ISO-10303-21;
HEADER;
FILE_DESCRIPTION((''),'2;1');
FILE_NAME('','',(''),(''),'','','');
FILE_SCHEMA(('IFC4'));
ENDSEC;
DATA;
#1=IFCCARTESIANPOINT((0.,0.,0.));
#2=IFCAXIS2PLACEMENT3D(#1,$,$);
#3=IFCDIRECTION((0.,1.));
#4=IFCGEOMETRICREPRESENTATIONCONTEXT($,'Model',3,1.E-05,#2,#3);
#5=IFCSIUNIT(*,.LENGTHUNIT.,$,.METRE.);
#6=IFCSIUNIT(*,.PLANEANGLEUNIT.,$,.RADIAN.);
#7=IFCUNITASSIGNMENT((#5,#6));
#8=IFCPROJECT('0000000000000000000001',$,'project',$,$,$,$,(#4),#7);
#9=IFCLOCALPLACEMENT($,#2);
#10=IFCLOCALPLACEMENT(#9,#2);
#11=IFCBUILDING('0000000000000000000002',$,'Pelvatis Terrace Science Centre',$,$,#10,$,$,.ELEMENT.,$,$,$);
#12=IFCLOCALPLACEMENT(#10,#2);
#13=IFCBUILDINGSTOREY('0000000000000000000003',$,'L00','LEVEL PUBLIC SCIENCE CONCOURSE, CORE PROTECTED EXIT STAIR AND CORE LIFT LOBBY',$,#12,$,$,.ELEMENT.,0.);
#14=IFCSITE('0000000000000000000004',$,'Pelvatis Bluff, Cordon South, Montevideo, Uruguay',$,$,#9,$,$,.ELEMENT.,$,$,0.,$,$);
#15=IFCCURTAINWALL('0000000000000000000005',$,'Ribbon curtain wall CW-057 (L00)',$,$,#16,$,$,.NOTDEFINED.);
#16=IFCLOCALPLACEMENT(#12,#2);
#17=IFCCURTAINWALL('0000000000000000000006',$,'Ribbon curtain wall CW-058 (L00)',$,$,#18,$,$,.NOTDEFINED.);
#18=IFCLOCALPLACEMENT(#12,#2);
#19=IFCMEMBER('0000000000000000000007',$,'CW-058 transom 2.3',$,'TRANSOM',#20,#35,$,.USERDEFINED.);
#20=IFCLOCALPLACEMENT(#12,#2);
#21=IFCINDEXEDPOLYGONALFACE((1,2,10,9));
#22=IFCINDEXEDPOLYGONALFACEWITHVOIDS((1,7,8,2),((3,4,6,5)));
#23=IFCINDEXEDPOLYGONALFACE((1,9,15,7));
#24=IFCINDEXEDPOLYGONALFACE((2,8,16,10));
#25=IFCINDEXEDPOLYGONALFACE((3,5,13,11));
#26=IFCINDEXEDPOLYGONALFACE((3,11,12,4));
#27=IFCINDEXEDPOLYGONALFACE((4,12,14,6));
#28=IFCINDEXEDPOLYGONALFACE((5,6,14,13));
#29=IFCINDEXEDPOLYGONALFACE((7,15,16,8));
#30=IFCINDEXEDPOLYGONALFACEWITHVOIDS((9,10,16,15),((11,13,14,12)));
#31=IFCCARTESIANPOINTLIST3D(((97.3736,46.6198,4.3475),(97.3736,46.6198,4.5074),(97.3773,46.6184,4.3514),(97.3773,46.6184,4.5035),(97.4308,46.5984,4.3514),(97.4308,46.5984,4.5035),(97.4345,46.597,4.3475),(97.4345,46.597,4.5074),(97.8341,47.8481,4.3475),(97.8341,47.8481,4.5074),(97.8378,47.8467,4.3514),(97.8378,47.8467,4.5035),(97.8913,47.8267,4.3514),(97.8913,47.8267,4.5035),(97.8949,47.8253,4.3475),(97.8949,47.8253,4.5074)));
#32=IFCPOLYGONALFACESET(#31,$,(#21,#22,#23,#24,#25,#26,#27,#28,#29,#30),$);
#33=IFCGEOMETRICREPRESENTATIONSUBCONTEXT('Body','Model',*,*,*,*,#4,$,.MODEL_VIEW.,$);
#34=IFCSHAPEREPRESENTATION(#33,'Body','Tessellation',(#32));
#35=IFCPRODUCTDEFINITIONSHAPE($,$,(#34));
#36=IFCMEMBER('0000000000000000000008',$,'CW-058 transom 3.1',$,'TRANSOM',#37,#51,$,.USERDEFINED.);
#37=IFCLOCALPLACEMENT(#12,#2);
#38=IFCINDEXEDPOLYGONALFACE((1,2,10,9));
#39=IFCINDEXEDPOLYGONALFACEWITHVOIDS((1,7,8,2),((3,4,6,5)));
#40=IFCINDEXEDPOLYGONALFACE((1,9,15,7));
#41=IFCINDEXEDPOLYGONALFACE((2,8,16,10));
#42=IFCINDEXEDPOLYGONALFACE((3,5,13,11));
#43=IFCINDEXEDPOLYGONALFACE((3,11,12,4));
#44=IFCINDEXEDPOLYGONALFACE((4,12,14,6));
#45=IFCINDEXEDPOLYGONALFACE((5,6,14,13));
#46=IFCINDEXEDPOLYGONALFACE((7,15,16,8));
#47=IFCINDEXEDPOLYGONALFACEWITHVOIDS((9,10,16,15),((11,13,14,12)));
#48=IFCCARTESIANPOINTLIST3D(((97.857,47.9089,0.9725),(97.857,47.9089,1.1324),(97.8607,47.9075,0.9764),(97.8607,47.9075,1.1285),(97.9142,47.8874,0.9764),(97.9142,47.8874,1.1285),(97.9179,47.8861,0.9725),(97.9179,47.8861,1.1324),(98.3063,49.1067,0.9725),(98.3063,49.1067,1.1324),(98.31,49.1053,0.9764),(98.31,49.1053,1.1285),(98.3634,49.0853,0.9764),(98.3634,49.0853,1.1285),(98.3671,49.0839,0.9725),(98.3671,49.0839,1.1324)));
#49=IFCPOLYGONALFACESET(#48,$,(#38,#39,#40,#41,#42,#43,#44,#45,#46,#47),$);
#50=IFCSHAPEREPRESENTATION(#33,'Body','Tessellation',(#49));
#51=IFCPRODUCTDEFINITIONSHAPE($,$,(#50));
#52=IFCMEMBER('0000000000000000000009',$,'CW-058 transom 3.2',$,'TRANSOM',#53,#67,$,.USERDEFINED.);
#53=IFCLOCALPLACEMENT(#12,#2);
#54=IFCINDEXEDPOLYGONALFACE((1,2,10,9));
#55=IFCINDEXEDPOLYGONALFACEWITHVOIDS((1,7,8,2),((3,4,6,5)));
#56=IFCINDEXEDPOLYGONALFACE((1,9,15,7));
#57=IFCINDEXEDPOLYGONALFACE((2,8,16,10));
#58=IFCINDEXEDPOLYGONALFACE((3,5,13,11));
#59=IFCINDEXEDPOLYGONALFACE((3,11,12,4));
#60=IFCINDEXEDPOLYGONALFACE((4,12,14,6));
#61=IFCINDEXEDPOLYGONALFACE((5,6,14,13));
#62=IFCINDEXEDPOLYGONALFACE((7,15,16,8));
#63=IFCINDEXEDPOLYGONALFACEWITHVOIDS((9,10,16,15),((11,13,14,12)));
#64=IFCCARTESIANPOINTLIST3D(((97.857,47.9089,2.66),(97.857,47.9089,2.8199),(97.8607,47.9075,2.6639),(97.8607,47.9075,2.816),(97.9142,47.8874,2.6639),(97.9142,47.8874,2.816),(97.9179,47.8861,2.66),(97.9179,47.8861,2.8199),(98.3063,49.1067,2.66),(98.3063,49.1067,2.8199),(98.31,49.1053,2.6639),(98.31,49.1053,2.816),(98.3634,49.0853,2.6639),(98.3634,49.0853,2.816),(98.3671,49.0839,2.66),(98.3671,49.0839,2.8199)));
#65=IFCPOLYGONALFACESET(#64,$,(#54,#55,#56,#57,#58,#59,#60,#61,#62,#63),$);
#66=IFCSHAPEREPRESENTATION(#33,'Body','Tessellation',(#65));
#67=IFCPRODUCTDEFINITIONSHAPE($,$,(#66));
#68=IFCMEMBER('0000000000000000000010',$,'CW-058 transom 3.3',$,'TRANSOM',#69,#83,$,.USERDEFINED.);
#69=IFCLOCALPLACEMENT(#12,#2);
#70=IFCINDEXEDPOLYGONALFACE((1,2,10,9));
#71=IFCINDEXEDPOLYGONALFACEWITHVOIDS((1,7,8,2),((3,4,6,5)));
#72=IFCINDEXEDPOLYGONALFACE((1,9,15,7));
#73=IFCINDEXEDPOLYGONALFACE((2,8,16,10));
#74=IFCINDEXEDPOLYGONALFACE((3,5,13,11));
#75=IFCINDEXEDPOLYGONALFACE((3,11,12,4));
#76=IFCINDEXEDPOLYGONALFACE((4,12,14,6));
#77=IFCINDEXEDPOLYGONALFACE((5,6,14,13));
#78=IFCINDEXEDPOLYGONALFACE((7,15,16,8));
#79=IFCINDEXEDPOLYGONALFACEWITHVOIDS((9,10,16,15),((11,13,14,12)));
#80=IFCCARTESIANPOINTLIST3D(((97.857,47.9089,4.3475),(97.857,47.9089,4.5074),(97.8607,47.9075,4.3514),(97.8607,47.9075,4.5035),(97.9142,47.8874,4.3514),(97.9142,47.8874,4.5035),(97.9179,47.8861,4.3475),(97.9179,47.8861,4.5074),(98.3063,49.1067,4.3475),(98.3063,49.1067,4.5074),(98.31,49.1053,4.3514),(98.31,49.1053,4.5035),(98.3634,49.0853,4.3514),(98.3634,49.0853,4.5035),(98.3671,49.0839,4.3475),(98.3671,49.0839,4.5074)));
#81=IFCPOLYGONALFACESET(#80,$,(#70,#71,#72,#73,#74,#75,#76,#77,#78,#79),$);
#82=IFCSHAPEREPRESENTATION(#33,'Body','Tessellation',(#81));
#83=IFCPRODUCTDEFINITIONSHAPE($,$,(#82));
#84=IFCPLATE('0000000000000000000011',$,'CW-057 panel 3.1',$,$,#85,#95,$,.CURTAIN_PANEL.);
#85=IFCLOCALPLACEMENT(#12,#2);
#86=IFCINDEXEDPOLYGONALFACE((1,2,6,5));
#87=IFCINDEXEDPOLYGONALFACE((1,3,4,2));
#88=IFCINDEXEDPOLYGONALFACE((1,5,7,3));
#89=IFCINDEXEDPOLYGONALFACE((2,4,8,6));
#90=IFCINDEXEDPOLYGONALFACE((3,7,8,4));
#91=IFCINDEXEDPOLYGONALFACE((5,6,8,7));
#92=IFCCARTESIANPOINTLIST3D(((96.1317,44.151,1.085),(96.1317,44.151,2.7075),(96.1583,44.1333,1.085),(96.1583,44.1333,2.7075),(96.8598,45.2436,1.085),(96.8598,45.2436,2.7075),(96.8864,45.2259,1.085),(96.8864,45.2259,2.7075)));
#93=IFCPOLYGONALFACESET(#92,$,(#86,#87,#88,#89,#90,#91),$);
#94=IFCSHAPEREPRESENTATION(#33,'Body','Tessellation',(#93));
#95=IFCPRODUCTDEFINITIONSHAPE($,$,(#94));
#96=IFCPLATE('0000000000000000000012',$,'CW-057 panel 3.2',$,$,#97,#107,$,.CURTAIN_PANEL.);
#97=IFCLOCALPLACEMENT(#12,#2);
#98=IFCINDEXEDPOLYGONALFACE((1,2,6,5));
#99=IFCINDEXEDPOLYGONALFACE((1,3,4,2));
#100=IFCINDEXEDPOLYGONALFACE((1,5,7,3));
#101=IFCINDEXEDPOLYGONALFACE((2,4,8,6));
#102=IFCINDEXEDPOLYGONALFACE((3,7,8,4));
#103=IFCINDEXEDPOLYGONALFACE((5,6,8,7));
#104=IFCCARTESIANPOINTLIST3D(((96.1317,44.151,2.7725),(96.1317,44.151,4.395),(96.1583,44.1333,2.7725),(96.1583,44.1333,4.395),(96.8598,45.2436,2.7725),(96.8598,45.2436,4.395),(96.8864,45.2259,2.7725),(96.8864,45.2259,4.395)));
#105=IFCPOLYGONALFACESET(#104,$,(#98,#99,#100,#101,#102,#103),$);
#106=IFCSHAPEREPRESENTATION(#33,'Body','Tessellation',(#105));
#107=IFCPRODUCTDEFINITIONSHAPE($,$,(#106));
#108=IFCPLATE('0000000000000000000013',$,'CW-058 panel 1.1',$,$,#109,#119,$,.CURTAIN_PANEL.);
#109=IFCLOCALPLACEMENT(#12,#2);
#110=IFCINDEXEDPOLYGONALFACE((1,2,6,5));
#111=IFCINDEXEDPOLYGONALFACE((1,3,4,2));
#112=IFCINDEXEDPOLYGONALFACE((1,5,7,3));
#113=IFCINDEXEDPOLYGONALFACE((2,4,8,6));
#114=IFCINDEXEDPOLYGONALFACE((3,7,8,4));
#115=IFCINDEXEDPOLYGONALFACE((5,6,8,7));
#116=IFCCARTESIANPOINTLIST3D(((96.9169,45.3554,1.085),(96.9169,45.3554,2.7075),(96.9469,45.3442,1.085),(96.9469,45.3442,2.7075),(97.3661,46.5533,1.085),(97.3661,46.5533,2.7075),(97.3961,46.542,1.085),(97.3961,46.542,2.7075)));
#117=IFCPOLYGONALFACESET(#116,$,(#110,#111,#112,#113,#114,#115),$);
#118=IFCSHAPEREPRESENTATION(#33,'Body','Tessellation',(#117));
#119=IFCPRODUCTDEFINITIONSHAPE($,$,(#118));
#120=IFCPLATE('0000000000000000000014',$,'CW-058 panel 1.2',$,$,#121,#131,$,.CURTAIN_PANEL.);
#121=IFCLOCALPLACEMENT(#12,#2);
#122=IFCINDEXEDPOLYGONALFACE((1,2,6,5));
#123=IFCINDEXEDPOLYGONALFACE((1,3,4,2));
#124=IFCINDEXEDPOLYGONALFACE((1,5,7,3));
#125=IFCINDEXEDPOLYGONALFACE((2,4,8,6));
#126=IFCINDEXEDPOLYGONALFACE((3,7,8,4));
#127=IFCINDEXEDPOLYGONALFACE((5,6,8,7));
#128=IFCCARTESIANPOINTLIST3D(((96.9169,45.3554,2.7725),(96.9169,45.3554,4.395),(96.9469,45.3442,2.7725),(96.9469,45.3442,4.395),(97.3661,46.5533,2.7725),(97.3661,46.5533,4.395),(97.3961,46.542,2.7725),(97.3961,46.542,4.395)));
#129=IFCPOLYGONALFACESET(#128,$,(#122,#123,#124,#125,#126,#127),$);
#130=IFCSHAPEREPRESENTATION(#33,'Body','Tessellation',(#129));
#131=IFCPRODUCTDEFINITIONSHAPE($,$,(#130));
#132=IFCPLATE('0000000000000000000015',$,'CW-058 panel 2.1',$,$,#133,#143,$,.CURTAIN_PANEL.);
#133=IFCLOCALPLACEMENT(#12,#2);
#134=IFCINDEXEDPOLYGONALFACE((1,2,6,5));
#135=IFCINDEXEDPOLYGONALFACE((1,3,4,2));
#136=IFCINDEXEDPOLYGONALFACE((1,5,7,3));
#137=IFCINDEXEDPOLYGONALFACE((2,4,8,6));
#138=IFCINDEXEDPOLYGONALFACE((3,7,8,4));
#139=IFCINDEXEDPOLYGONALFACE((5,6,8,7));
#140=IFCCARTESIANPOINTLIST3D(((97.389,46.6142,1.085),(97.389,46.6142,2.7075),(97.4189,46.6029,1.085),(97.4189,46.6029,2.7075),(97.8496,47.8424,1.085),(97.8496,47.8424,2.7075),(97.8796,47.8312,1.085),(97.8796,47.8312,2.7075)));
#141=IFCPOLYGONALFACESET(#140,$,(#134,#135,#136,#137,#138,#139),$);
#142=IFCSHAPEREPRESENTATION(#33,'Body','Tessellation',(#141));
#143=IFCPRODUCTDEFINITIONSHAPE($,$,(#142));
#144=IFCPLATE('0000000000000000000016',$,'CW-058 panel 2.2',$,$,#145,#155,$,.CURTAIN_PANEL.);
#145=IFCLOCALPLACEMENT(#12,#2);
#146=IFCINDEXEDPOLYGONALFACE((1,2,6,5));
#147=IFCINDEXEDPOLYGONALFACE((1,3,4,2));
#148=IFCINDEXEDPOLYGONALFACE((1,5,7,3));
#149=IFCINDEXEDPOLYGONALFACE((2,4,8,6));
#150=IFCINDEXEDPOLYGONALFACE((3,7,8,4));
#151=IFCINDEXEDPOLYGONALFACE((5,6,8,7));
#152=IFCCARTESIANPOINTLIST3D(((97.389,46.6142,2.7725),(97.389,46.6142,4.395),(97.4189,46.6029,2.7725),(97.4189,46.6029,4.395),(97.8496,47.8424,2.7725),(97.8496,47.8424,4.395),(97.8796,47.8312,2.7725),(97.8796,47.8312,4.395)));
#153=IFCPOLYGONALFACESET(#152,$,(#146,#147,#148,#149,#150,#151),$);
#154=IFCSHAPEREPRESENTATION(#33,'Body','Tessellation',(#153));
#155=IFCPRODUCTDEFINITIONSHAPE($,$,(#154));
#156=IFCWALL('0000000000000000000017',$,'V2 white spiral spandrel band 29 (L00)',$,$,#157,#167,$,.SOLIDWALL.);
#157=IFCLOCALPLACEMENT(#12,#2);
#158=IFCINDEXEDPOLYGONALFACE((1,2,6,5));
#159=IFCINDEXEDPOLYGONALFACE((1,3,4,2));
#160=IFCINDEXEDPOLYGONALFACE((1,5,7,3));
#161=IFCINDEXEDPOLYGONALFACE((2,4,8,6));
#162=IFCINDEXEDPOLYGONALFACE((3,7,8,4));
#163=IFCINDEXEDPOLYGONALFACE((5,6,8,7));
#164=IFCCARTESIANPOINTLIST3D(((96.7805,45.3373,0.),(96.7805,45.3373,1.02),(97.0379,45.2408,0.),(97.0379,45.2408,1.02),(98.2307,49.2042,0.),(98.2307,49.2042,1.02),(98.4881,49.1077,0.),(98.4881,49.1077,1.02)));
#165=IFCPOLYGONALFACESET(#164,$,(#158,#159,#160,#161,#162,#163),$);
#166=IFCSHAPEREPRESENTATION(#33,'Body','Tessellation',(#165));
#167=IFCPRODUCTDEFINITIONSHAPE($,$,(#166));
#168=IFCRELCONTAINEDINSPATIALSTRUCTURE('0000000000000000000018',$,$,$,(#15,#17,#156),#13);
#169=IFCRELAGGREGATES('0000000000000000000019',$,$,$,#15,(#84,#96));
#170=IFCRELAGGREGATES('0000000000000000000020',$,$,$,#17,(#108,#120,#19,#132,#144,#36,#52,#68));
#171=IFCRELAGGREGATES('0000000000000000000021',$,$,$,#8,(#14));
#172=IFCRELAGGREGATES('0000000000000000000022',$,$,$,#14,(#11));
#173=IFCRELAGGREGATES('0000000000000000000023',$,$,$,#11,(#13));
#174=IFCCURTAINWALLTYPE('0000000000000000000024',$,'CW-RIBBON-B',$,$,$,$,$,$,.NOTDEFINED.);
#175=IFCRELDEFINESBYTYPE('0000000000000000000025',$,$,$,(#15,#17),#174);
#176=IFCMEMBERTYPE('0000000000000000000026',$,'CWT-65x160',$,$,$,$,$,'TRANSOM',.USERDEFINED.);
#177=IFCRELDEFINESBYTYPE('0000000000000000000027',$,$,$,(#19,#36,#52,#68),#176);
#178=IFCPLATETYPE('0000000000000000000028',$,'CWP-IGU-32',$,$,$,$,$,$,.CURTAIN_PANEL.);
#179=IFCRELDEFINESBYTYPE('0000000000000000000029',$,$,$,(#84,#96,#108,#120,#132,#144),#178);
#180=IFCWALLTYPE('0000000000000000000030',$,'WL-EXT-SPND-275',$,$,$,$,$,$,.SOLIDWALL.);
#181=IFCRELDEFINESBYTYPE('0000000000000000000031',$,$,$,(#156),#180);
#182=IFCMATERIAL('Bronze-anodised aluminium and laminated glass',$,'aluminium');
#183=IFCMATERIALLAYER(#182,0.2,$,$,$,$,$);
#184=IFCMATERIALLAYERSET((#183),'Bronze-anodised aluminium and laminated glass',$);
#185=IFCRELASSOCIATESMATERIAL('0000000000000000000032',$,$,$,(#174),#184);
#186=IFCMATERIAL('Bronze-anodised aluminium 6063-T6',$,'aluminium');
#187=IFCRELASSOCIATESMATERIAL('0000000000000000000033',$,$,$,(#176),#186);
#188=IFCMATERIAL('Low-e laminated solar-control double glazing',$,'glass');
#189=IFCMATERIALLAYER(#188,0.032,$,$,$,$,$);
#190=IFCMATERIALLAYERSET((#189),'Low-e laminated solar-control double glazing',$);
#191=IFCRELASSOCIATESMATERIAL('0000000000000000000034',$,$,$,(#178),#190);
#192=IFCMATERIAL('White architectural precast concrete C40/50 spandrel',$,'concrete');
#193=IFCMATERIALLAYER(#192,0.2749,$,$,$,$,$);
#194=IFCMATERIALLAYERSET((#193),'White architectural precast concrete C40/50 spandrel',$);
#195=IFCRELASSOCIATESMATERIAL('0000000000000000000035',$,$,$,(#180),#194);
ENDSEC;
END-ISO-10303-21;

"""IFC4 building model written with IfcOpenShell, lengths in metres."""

from ifc_helpers import new_model, si_unit, direction, frame, frame_2d, origin, origin_2d, place, context, subcontext, project, spatial, rectangle, hollow_rectangle, extrude, material, layer, layer_set, material_profile, profile_set, type_object, element, aggregate, save


model = new_model("IFC4")

# Units and contexts
model_context = context("Model", 3, precision=1e-05, world=origin(), true_north=direction((0.0, 1.0)))
body_context = subcontext(model_context, "Body", "Model", "MODEL_VIEW")
ifc_project = project(units=[si_unit("LENGTHUNIT", "METRE"), si_unit("PLANEANGLEUNIT", "RADIAN")], contexts=[model_context])

# Site, building, storey
site_placement = place(None, origin())
site = spatial("IfcSite", under=ifc_project, at=site_placement, Name="Pelvatis Bluff, Cordon South, Montevideo, Uruguay", CompositionType="ELEMENT", RefElevation=0.0)
building_placement = place(site_placement, origin())
building = spatial("IfcBuilding", under=site, at=building_placement, Name="Pelvatis Terrace Science Centre", CompositionType="ELEMENT")
storey_placement = place(building_placement, origin())
storey = spatial("IfcBuildingStorey", under=building, at=storey_placement, Name="L00", Description="LEVEL PUBLIC SCIENCE CONCOURSE, CORE PROTECTED EXIT STAIR AND CORE LIFT LOBBY", CompositionType="ELEMENT", Elevation=0.0)

# Curtain wall
ifc_material_1 = material(Name="Bronze-anodised aluminium and laminated glass", Category="aluminium")
ifc_layer_1 = layer(ifc_material_1, 0.2)
ifc_layer_set_1 = layer_set([ifc_layer_1], Name="Bronze-anodised aluminium and laminated glass")
curtain_wall_type = type_object("IfcCurtainWallType", Name="CW-RIBBON-B", PredefinedType="NOTDEFINED", material=ifc_layer_set_1)
curtain_wall_1_placement = place(storey_placement, origin())
curtain_wall_1 = element("IfcCurtainWall", 1, at=curtain_wall_1_placement, inside=storey, type_object=curtain_wall_type, Name="Ribbon curtain wall CW-057 (L00)", PredefinedType="NOTDEFINED")

# Curtain wall
curtain_wall_2_placement = place(storey_placement, origin())
curtain_wall_2 = element("IfcCurtainWall", 2, at=curtain_wall_2_placement, inside=storey, type_object=curtain_wall_type, Name="Ribbon curtain wall CW-058 (L00)", PredefinedType="NOTDEFINED")

# Members
ifc_material_2 = material(Name="Bronze-anodised aluminium 6063-T6", Category="aluminium")
ifc_material_profile_1 = material_profile(ifc_material_2, hollow_rectangle(XDim=0.0649, YDim=0.1599, WallThickness=0.0039, at=origin_2d()), Name="ALU-TRN 65x160")
ifc_profile_set_1 = profile_set([ifc_material_profile_1], Name="Bronze-anodised aluminium 6063-T6")
member_type_1 = type_object("IfcMemberType", Name="CWT-65x160", ElementType="TRANSOM", PredefinedType="USERDEFINED", material=ifc_profile_set_1)
member_1_placement = place(storey_placement, frame((97.4041, 46.6084, 4.4275), z_axis=(0.351021, 0.936367, 0.0), x_axis=(-0.936367, 0.351021, 0.0)))
member_1 = element("IfcMember", 3, at=member_1_placement, type_object=member_type_1, Name="CW-058 transom 2.3", ObjectType="TRANSOM", PredefinedType="USERDEFINED", context=body_context, shape_type="SweptSolid", body=[
    extrude(hollow_rectangle(XDim=0.0649, YDim=0.1599, WallThickness=0.0039, at=origin_2d()), origin(), (0.0, 0.0, 1.0), 1.3118),
])
member_2_placement = place(storey_placement, frame((97.8875, 47.8975, 1.0525), z_axis=(0.351165, 0.936313, 0.0), x_axis=(-0.936313, 0.351165, 0.0)))
member_2 = element("IfcMember", 4, at=member_2_placement, type_object=member_type_1, Name="CW-058 transom 3.1", ObjectType="TRANSOM", PredefinedType="USERDEFINED", context=body_context, shape_type="SweptSolid", body=[
    extrude(hollow_rectangle(XDim=0.0649, YDim=0.1599, WallThickness=0.0039, at=origin_2d()), origin(), (0.0, 0.0, 1.0), 1.2793),
])
member_3_placement = place(storey_placement, frame((97.8875, 47.8975, 2.74), z_axis=(0.351165, 0.936313, 0.0), x_axis=(-0.936313, 0.351165, 0.0)))
member_3 = element("IfcMember", 5, at=member_3_placement, type_object=member_type_1, Name="CW-058 transom 3.2", ObjectType="TRANSOM", PredefinedType="USERDEFINED", context=body_context, shape_type="SweptSolid", body=[
    extrude(hollow_rectangle(XDim=0.0649, YDim=0.1599, WallThickness=0.0039, at=origin_2d()), origin(), (0.0, 0.0, 1.0), 1.2793),
])
member_4_placement = place(storey_placement, frame((97.8875, 47.8975, 4.4275), z_axis=(0.351165, 0.936313, 0.0), x_axis=(-0.936313, 0.351165, 0.0)))
member_4 = element("IfcMember", 6, at=member_4_placement, type_object=member_type_1, Name="CW-058 transom 3.3", ObjectType="TRANSOM", PredefinedType="USERDEFINED", context=body_context, shape_type="SweptSolid", body=[
    extrude(hollow_rectangle(XDim=0.0649, YDim=0.1599, WallThickness=0.0039, at=origin_2d()), origin(), (0.0, 0.0, 1.0), 1.2793),
])

# Plates
ifc_material_3 = material(Name="Low-e laminated solar-control double glazing", Category="glass")
ifc_layer_2 = layer(ifc_material_3, 0.032)
ifc_layer_set_2 = layer_set([ifc_layer_2], Name="Low-e laminated solar-control double glazing")
plate_type = type_object("IfcPlateType", Name="CWP-IGU-32", PredefinedType="CURTAIN_PANEL", material=ifc_layer_set_2)
plate_1_placement = place(storey_placement, frame((96.509, 44.6885, 1.085), z_axis=(0.0, 0.0, 1.0), x_axis=(0.554553, 0.832148, 0.0)))
plate_1 = element("IfcPlate", 7, at=plate_1_placement, type_object=plate_type, Name="CW-057 panel 3.1", PredefinedType="CURTAIN_PANEL", context=body_context, shape_type="SweptSolid", body=[
    extrude(rectangle(XDim=1.313, YDim=0.032, at=origin_2d()), origin(), (0.0, 0.0, 1.0), 1.6226),
])
plate_2_placement = place(storey_placement, frame((96.509, 44.6885, 2.7725), z_axis=(0.0, 0.0, 1.0), x_axis=(0.554553, 0.832148, 0.0)))
plate_2 = element("IfcPlate", 8, at=plate_2_placement, type_object=plate_type, Name="CW-057 panel 3.2", PredefinedType="CURTAIN_PANEL", context=body_context, shape_type="SweptSolid", body=[
    extrude(rectangle(XDim=1.313, YDim=0.032, at=origin_2d()), origin(), (0.0, 0.0, 1.0), 1.6226),
])
aggregate(curtain_wall_1, [plate_1, plate_2])
plate_3_placement = place(storey_placement, frame((97.1565, 45.9487, 1.085), z_axis=(0.0, 0.0, 1.0), x_axis=(0.351153, 0.936318, 0.0)))
plate_3 = element("IfcPlate", 9, at=plate_3_placement, type_object=plate_type, Name="CW-058 panel 1.1", PredefinedType="CURTAIN_PANEL", context=body_context, shape_type="SweptSolid", body=[
    extrude(rectangle(XDim=1.2793, YDim=0.032, at=origin_2d()), origin(), (0.0, 0.0, 1.0), 1.6226),
])
plate_4_placement = place(storey_placement, frame((97.1565, 45.9487, 2.7725), z_axis=(0.0, 0.0, 1.0), x_axis=(0.351153, 0.936318, 0.0)))
plate_4 = element("IfcPlate", 10, at=plate_4_placement, type_object=plate_type, Name="CW-058 panel 1.2", PredefinedType="CURTAIN_PANEL", context=body_context, shape_type="SweptSolid", body=[
    extrude(rectangle(XDim=1.2793, YDim=0.032, at=origin_2d()), origin(), (0.0, 0.0, 1.0), 1.6226),
])
plate_5_placement = place(storey_placement, frame((97.6343, 47.2227, 1.085), z_axis=(0.0, 0.0, 1.0), x_axis=(0.351153, 0.936318, 0.0)))
plate_5 = element("IfcPlate", 11, at=plate_5_placement, type_object=plate_type, Name="CW-058 panel 2.1", PredefinedType="CURTAIN_PANEL", context=body_context, shape_type="SweptSolid", body=[
    extrude(rectangle(XDim=1.3118, YDim=0.032, at=origin_2d()), origin(), (0.0, 0.0, 1.0), 1.6226),
])
plate_6_placement = place(storey_placement, frame((97.6343, 47.2227, 2.7725), z_axis=(0.0, 0.0, 1.0), x_axis=(0.351153, 0.936318, 0.0)))
plate_6 = element("IfcPlate", 12, at=plate_6_placement, type_object=plate_type, Name="CW-058 panel 2.2", PredefinedType="CURTAIN_PANEL", context=body_context, shape_type="SweptSolid", body=[
    extrude(rectangle(XDim=1.3118, YDim=0.032, at=origin_2d()), origin(), (0.0, 0.0, 1.0), 1.6226),
])
aggregate(curtain_wall_2, [plate_3, plate_4, member_1, plate_5, plate_6, member_2, member_3, member_4])

# Wall
ifc_material_4 = material(Name="White architectural precast concrete C40/50 spandrel", Category="concrete")
ifc_layer_3 = layer(ifc_material_4, 0.2749)
ifc_layer_set_3 = layer_set([ifc_layer_3], Name="White architectural precast concrete C40/50 spandrel")
wall_type = type_object("IfcWallType", Name="WL-EXT-SPND-275", PredefinedType="SOLIDWALL", material=ifc_layer_set_3)
wall_placement = place(storey_placement, frame((96.9092, 45.2891, 0.0), z_axis=(0.0, 0.0, 1.0), x_axis=(0.351143, 0.936322, 0.0)))
element("IfcWall", 13, at=wall_placement, inside=storey, type_object=wall_type, Name="V2 white spiral spandrel band 29 (L00)", PredefinedType="SOLIDWALL", context=body_context, shape_type="SweptSolid", body=[
    extrude(rectangle(XDim=4.1299, YDim=0.2749, at=frame_2d((2.0649, 0.0))), origin(), (0.0, 0.0, 1.0), 1.02),
])

save(model, "model.ifc")
